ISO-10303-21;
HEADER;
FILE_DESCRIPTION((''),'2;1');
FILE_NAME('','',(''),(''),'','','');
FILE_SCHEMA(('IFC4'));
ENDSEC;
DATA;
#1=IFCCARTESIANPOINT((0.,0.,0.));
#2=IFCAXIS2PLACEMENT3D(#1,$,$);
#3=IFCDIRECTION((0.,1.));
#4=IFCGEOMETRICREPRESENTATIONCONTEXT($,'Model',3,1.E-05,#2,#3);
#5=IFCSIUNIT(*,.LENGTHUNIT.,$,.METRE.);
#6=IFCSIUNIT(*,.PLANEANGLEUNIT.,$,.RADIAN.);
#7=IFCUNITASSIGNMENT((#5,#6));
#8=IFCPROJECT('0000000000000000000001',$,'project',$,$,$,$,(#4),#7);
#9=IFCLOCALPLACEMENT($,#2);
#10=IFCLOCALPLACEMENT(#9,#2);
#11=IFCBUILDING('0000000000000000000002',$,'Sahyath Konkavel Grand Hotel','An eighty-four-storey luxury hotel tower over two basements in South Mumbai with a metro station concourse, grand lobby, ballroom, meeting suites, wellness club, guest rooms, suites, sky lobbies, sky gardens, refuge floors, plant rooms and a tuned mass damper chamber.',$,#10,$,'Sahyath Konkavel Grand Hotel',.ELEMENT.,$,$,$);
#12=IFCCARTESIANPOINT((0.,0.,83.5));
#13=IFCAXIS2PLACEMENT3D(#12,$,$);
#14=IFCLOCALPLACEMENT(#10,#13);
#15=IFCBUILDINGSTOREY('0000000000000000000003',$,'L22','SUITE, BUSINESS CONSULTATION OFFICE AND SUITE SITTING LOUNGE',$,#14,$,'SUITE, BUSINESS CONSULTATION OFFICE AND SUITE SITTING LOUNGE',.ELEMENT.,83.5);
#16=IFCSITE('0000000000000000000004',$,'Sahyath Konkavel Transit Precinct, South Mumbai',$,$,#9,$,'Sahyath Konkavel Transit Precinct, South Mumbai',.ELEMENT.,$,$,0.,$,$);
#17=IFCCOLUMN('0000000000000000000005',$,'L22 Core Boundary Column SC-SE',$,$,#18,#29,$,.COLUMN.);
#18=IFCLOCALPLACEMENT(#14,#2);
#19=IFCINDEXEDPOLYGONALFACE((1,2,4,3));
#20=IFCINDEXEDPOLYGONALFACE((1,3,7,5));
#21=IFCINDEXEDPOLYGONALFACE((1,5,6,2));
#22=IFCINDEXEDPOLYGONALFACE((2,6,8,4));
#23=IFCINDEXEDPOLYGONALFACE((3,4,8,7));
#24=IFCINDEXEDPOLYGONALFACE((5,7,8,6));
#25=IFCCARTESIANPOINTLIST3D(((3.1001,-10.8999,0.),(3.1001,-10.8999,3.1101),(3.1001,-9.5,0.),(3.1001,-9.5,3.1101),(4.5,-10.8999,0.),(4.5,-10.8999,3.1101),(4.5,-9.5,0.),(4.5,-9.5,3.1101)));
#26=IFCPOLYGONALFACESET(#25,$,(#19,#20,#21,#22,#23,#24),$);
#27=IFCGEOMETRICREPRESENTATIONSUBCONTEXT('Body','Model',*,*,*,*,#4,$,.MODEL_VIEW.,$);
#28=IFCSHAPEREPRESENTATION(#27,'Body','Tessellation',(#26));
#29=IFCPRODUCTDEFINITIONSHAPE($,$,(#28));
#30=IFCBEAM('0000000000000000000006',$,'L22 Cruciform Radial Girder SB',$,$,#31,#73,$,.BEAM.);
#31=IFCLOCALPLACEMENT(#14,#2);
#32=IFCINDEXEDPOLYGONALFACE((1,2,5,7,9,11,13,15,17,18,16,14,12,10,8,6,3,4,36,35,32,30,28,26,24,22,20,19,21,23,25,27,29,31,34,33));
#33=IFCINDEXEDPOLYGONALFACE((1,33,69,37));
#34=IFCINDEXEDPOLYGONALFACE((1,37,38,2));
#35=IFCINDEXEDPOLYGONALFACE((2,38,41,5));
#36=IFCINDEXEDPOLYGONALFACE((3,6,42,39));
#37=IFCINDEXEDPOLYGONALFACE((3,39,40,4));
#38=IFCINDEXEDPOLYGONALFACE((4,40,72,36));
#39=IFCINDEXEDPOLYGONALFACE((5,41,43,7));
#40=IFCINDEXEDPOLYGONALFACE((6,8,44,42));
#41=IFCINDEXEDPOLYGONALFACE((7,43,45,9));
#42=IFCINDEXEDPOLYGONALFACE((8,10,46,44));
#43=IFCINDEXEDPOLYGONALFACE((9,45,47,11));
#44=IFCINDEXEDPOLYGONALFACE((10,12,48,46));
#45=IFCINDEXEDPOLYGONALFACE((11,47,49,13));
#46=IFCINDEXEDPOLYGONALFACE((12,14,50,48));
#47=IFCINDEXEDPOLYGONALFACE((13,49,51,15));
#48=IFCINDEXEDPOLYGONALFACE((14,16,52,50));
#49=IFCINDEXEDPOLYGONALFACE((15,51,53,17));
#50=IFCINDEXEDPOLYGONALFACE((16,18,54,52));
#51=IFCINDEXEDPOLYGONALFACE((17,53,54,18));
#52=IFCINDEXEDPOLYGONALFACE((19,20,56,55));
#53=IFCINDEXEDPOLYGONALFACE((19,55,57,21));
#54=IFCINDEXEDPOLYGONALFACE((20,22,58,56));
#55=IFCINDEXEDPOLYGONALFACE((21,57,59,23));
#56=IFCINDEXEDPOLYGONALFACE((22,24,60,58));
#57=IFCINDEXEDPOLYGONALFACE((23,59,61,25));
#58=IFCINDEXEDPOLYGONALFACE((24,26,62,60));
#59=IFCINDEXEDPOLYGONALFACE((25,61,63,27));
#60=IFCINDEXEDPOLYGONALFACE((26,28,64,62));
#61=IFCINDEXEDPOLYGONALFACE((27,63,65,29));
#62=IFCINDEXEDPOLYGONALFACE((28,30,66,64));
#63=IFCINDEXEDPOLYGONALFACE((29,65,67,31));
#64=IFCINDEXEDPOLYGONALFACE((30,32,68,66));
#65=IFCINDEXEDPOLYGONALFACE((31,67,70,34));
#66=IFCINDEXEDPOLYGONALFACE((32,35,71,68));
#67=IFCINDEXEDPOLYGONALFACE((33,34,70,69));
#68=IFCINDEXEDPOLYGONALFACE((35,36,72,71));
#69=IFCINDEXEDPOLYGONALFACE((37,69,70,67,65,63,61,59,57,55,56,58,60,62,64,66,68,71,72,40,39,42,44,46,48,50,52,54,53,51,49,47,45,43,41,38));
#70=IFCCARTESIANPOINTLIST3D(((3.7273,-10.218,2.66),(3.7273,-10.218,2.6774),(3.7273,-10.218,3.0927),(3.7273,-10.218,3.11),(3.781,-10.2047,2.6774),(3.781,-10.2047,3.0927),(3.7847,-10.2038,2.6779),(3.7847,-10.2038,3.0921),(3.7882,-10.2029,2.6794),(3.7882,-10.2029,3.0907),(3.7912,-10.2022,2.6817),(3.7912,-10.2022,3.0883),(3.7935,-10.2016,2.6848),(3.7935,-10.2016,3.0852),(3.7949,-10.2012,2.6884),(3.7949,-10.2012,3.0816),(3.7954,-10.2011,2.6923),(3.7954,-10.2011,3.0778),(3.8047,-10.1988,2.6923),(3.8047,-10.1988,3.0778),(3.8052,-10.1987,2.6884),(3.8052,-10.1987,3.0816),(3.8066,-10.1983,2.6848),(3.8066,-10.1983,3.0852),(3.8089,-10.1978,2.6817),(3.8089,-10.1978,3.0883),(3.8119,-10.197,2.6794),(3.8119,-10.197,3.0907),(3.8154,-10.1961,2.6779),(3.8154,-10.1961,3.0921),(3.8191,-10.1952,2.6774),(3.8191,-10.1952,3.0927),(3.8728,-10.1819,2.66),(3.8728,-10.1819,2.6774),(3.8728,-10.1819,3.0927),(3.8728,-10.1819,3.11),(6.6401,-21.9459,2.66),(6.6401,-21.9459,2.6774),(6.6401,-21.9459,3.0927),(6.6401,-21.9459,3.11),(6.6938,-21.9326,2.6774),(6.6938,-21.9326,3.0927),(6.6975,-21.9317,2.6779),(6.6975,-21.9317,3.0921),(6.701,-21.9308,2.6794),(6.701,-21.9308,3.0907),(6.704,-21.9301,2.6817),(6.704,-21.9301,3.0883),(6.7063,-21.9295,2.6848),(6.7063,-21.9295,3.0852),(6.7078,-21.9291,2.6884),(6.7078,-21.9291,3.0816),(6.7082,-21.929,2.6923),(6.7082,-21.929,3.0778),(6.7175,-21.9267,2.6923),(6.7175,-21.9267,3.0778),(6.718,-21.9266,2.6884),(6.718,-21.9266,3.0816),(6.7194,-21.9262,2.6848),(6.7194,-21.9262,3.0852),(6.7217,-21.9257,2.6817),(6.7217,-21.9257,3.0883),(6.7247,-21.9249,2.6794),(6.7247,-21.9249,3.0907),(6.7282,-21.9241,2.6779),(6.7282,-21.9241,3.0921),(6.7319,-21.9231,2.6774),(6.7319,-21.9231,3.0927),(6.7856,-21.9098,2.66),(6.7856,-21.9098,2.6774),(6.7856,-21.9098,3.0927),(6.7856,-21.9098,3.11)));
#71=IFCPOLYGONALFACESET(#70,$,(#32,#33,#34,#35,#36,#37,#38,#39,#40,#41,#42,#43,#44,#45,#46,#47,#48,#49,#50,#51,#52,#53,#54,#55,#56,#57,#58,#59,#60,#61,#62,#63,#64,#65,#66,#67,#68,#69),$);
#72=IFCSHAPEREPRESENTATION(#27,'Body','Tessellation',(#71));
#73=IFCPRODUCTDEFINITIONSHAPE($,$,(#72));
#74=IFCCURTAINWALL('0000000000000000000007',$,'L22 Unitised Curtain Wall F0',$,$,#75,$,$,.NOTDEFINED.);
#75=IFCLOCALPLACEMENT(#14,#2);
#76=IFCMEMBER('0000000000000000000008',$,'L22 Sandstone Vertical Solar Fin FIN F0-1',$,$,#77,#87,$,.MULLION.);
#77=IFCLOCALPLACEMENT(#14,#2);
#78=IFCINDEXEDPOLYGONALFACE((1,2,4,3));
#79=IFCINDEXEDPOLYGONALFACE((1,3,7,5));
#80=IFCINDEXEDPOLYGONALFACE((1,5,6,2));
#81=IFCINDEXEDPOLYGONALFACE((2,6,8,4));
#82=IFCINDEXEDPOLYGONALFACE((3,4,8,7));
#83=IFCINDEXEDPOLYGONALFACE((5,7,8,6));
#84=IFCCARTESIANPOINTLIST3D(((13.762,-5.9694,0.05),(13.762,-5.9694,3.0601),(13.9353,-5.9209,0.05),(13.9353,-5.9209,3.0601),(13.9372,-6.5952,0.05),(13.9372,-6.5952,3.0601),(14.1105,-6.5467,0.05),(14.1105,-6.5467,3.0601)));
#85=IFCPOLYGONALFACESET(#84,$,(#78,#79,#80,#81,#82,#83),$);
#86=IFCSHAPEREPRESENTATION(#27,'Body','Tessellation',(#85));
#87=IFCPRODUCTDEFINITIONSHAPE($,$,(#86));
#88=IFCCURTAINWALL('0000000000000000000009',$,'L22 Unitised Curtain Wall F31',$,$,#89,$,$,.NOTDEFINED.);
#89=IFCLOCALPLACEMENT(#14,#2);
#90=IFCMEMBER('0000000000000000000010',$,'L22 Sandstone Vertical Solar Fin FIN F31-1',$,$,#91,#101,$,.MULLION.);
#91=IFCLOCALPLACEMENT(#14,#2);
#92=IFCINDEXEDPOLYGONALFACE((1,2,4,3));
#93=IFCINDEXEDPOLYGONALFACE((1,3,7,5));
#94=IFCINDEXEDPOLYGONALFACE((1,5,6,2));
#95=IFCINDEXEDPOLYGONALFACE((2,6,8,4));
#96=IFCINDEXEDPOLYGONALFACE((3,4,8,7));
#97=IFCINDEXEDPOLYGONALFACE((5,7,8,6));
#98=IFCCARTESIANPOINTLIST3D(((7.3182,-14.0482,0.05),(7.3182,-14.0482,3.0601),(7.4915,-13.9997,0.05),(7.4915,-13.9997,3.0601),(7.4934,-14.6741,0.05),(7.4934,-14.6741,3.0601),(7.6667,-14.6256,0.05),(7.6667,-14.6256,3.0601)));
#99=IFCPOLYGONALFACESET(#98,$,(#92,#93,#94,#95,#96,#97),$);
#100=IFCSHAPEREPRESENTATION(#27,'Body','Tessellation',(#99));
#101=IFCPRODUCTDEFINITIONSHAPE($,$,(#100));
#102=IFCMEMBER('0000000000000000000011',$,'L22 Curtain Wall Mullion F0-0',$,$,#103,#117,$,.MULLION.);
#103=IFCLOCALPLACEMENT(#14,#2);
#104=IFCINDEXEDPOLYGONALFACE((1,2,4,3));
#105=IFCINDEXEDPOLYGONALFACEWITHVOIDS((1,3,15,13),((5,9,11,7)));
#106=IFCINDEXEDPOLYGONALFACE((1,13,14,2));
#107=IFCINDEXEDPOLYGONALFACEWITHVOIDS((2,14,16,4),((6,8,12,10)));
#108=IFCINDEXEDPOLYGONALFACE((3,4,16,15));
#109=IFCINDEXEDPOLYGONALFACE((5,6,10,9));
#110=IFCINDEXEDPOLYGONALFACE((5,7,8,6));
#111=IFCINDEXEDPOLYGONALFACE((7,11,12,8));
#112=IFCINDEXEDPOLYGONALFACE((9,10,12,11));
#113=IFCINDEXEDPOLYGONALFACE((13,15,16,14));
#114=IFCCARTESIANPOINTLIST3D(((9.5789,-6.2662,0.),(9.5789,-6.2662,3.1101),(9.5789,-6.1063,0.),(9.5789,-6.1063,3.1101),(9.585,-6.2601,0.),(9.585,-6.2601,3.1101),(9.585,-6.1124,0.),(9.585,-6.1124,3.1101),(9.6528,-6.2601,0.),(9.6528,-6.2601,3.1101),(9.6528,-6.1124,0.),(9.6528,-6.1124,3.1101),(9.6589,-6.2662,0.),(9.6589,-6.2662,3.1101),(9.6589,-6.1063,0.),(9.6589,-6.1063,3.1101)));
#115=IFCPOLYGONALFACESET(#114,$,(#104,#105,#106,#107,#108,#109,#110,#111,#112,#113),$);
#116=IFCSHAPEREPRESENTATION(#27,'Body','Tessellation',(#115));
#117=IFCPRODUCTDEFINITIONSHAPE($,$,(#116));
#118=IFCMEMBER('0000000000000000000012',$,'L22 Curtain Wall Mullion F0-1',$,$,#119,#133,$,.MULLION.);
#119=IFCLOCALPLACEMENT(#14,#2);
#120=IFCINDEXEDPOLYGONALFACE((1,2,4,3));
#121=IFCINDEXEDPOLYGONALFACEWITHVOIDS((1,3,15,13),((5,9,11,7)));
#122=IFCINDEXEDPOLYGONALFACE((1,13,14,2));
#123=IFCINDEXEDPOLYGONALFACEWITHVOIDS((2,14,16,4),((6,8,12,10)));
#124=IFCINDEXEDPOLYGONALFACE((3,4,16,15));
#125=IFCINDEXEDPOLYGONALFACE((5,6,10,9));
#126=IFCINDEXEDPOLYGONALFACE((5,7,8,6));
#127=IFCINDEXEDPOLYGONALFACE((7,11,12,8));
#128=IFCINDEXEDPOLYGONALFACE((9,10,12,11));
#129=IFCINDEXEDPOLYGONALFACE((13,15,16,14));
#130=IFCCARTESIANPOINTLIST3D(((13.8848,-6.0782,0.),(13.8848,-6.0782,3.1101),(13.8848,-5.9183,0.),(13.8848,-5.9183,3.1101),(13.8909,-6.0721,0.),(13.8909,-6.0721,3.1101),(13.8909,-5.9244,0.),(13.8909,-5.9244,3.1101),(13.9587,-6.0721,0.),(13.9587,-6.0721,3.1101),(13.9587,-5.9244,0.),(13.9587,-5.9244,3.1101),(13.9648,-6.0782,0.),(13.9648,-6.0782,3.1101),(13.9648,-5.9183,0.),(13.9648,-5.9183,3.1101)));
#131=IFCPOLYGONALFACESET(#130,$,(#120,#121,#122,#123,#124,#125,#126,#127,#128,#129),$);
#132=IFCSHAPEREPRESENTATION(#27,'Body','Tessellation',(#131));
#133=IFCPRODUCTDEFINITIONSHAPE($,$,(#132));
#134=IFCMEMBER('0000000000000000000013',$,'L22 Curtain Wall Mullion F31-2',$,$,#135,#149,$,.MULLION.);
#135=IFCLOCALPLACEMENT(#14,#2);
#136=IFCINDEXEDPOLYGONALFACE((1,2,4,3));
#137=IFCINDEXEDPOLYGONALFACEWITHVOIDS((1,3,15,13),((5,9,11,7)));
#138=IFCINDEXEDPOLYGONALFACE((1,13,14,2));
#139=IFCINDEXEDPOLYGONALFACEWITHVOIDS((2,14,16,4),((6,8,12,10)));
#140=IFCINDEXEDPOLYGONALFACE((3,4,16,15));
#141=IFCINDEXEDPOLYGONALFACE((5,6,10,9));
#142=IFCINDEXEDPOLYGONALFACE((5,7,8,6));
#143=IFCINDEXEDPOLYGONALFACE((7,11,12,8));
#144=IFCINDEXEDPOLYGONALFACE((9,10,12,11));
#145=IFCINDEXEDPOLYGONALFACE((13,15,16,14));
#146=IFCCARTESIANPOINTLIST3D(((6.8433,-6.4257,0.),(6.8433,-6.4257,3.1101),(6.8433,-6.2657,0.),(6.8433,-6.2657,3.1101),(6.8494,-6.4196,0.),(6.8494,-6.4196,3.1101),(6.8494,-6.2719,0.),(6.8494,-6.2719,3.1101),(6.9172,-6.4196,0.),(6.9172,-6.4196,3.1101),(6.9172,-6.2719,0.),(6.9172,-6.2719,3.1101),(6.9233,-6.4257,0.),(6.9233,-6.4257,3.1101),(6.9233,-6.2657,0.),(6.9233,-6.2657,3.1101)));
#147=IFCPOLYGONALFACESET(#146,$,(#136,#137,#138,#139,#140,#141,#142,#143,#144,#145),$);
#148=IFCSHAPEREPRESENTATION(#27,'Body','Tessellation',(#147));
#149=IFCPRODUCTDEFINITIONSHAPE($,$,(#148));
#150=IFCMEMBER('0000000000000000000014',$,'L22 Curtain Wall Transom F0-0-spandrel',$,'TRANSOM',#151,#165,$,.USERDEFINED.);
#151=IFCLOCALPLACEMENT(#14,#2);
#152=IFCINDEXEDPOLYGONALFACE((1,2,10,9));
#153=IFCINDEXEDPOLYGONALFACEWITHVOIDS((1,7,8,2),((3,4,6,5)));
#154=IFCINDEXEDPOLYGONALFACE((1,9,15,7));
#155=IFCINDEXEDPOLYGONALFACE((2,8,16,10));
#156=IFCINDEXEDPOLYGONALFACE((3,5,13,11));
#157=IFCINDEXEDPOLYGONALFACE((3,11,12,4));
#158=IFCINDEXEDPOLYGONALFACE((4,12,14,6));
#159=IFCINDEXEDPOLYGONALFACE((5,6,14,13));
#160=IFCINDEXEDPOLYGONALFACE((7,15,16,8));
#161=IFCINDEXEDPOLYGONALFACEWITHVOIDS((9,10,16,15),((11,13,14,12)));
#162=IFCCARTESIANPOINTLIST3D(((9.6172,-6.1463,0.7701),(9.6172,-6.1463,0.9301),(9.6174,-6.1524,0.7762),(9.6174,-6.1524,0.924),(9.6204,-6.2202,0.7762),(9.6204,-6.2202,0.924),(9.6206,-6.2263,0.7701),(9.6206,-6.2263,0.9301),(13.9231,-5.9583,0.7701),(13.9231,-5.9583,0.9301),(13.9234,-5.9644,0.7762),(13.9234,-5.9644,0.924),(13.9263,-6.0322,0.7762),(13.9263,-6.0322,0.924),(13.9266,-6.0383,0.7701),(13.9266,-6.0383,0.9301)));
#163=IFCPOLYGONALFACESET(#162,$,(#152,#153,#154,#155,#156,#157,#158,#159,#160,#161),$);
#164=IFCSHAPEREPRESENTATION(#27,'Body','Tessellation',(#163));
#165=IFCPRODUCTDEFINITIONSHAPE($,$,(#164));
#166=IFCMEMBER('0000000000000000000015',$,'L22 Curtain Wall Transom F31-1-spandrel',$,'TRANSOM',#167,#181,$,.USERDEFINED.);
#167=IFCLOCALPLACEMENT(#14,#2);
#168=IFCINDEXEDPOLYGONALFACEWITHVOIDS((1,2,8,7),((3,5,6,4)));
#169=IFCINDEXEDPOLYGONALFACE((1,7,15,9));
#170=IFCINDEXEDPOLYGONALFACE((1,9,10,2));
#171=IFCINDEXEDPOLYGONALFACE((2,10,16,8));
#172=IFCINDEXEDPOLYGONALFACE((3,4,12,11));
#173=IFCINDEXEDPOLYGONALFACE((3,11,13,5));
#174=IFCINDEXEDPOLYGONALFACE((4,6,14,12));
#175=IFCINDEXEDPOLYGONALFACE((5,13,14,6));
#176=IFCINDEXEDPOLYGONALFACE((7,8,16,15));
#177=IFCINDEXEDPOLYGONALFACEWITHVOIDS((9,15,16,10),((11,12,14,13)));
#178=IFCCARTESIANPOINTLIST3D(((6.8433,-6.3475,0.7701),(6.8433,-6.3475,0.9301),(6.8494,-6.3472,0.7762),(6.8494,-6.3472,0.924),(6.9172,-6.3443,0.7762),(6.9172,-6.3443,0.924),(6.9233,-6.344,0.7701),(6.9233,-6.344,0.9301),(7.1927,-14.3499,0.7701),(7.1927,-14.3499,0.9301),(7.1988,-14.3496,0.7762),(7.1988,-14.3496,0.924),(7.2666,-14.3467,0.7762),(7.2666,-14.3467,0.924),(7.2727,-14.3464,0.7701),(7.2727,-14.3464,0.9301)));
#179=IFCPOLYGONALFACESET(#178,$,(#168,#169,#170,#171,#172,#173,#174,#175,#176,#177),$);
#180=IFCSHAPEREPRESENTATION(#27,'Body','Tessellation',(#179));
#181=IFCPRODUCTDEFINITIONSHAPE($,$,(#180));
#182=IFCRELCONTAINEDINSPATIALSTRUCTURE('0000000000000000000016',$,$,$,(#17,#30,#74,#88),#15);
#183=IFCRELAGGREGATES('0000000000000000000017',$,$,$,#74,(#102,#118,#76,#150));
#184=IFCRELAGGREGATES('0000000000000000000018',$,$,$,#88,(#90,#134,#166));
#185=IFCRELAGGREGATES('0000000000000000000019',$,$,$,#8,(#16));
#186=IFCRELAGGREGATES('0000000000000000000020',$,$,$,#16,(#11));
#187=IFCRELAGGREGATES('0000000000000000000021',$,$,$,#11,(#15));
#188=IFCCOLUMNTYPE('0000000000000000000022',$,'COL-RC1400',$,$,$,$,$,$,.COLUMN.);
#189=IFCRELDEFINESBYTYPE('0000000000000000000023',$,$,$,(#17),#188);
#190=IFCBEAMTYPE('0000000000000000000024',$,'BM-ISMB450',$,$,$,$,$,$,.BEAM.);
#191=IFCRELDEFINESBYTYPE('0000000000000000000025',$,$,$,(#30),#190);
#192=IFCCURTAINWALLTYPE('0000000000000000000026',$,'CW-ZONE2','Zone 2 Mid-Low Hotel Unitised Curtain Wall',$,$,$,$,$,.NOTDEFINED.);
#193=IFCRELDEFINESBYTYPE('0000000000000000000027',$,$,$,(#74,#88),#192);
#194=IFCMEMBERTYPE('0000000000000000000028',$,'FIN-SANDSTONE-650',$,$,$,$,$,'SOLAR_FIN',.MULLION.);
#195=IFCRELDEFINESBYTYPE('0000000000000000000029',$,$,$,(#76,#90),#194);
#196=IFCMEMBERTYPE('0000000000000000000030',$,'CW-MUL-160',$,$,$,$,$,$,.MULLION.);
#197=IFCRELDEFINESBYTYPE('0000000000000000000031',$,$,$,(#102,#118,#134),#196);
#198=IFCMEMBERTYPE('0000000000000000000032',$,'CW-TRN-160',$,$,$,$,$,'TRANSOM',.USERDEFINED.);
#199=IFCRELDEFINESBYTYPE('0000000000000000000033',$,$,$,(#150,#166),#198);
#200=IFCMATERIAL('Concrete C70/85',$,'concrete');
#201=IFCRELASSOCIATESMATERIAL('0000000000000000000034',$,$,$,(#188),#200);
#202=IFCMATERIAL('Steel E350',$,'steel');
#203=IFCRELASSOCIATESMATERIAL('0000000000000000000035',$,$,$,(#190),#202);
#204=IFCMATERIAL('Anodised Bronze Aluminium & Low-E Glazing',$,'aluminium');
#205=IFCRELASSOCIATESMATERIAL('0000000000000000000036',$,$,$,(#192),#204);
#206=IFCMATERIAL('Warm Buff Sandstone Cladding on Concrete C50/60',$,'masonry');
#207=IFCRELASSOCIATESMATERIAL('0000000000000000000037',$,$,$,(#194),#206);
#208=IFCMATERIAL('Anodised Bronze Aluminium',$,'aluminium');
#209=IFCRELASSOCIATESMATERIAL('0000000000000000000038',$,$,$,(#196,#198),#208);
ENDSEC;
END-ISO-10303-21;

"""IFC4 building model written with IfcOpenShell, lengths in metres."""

from ifc_helpers import new_model, si_unit, direction, frame, origin, origin_2d, place, context, subcontext, project, spatial, rectangle, hollow_rectangle, i_section, extrude, source, transform, mapped, material, material_profile, profile_set, type_object, element, aggregate, save


model = new_model("IFC4")

# Units and contexts
model_context = context("Model", 3, precision=1e-05, world=origin(), true_north=direction((0.0, 1.0)))
body_context = subcontext(model_context, "Body", "Model", "MODEL_VIEW")
ifc_project = project(units=[si_unit("LENGTHUNIT", "METRE"), si_unit("PLANEANGLEUNIT", "RADIAN")], contexts=[model_context])

# Site, building, storey
site_placement = place(None, origin())
site = spatial("IfcSite", under=ifc_project, at=site_placement, Name="Sahyath Konkavel Transit Precinct, South Mumbai", LongName="Sahyath Konkavel Transit Precinct, South Mumbai", CompositionType="ELEMENT", RefElevation=0.0)
building_placement = place(site_placement, origin())
building = spatial("IfcBuilding", under=site, at=building_placement, Name="Sahyath Konkavel Grand Hotel", Description="An eighty-four-storey luxury hotel tower over two basements in South Mumbai with a metro station concourse, grand lobby, ballroom, meeting suites, wellness club, guest rooms, suites, sky lobbies, sky gardens, refuge floors, plant rooms and a tuned mass damper chamber.", LongName="Sahyath Konkavel Grand Hotel", CompositionType="ELEMENT")
storey_placement = place(building_placement, frame((0.0, 0.0, 83.5)))
storey = spatial("IfcBuildingStorey", under=building, at=storey_placement, Name="L22", Description="SUITE, BUSINESS CONSULTATION OFFICE AND SUITE SITTING LOUNGE", LongName="SUITE, BUSINESS CONSULTATION OFFICE AND SUITE SITTING LOUNGE", CompositionType="ELEMENT", Elevation=83.5)

# Column
ifc_material_1 = material(Name="Concrete C70/85", Category="concrete")
ifc_material_profile_1 = material_profile(ifc_material_1, rectangle(XDim=1.3999, YDim=1.3999, at=origin_2d()), Name="RC 1400x1400")
ifc_profile_set_1 = profile_set([ifc_material_profile_1], Name="Concrete C70/85")
column_type = type_object("IfcColumnType", Name="COL-RC1400", PredefinedType="COLUMN", material=ifc_profile_set_1)
shared_shape_1 = source(origin(), body_context, "Body", "SweptSolid", [
    extrude(rectangle(XDim=1.3999, YDim=1.3999, at=origin_2d()), origin(), (0.0, 0.0, 1.0), 3.1101),
])
column_placement = place(storey_placement, frame((3.8, -10.2, 0.0), z_axis=(0.0, 0.0, 1.0), x_axis=(1.0, 0.0, 0.0)))
element("IfcColumn", 1, at=column_placement, inside=storey, type_object=column_type, Name="L22 Core Boundary Column SC-SE", PredefinedType="COLUMN", context=body_context, shape_type="MappedRepresentation", body=[
    mapped(shared_shape_1, transform((0.0, 0.0, 0.0), scale=1.0)),
])

# Beam
ifc_material_2 = material(Name="Steel E350", Category="steel")
ifc_material_profile_2 = material_profile(ifc_material_2, i_section(OverallWidth=0.1499, OverallDepth=0.45, WebThickness=0.0095, FlangeThickness=0.0173, FilletRadius=0.0149, at=origin_2d()), Name="ISMB 450")
ifc_profile_set_2 = profile_set([ifc_material_profile_2], Name="Steel E350")
beam_type = type_object("IfcBeamType", Name="BM-ISMB450", PredefinedType="BEAM", material=ifc_profile_set_2)
shared_shape_2 = source(origin(), body_context, "Body", "SweptSolid", [
    extrude(i_section(OverallWidth=0.1499, OverallDepth=0.45, WebThickness=0.0095, FlangeThickness=0.0173, FilletRadius=0.0149, at=origin_2d()), origin(), (0.0, 0.0, 1.0), 12.0842),
])
beam_placement = place(storey_placement, frame((3.8, -10.2, 2.885), z_axis=(0.241043, -0.970515, 0.0), x_axis=(0.970515, 0.241043, 0.0)))
element("IfcBeam", 2, at=beam_placement, inside=storey, type_object=beam_type, Name="L22 Cruciform Radial Girder SB", PredefinedType="BEAM", context=body_context, shape_type="MappedRepresentation", body=[
    mapped(shared_shape_2, transform((0.0, 0.0, 0.0), scale=1.0)),
])

# Curtain walls, members
ifc_material_3 = material(Name="Anodised Bronze Aluminium & Low-E Glazing", Category="aluminium")
curtain_wall_type = type_object("IfcCurtainWallType", Name="CW-ZONE2", Description="Zone 2 Mid-Low Hotel Unitised Curtain Wall", PredefinedType="NOTDEFINED", material=ifc_material_3)
curtain_wall_1_placement = place(storey_placement, origin())
curtain_wall_1 = element("IfcCurtainWall", 3, at=curtain_wall_1_placement, inside=storey, type_object=curtain_wall_type, Name="L22 Unitised Curtain Wall F0", PredefinedType="NOTDEFINED")
ifc_material_4 = material(Name="Warm Buff Sandstone Cladding on Concrete C50/60", Category="masonry")
ifc_material_profile_3 = material_profile(ifc_material_4, rectangle(XDim=0.1799, YDim=0.6499, at=origin_2d()), Name="FIN 180x650")
ifc_profile_set_3 = profile_set([ifc_material_profile_3], Name="Warm Buff Sandstone Cladding on Concrete C50/60")
member_type_1 = type_object("IfcMemberType", Name="FIN-SANDSTONE-650", ElementType="SOLAR_FIN", PredefinedType="MULLION", material=ifc_profile_set_3)
shared_shape_3 = source(origin(), body_context, "Body", "SweptSolid", [
    extrude(rectangle(XDim=0.1799, YDim=0.6499, at=origin_2d()), origin(), (0.0, 0.0, 1.0), 3.01),
])
member_1_placement = place(storey_placement, frame((13.9363, -6.2581, 0.05), z_axis=(0.0, 0.0, 1.0), x_axis=(0.962975, 0.269592, 0.0)))
member_1 = element("IfcMember", 4, at=member_1_placement, type_object=member_type_1, Name="L22 Sandstone Vertical Solar Fin FIN F0-1", PredefinedType="MULLION", context=body_context, shape_type="MappedRepresentation", body=[
    mapped(shared_shape_3, transform((0.0, 0.0, 0.0), scale=1.0)),
])
curtain_wall_2_placement = place(storey_placement, origin())
curtain_wall_2 = element("IfcCurtainWall", 5, at=curtain_wall_2_placement, inside=storey, type_object=curtain_wall_type, Name="L22 Unitised Curtain Wall F31", PredefinedType="NOTDEFINED")
member_2_placement = place(storey_placement, frame((7.4924, -14.3369, 0.05), z_axis=(0.0, 0.0, 1.0), x_axis=(0.962975, 0.269592, 0.0)))
member_2 = element("IfcMember", 6, at=member_2_placement, type_object=member_type_1, Name="L22 Sandstone Vertical Solar Fin FIN F31-1", PredefinedType="MULLION", context=body_context, shape_type="MappedRepresentation", body=[
    mapped(shared_shape_3, transform((0.0, 0.0, 0.0), scale=1.0)),
])

# Members
ifc_material_5 = material(Name="Anodised Bronze Aluminium", Category="aluminium")
ifc_material_profile_4 = material_profile(ifc_material_5, hollow_rectangle(XDim=0.0801, YDim=0.1599, WallThickness=0.0061, at=origin_2d()), Name="RHS 160x80x6")
ifc_profile_set_4 = profile_set([ifc_material_profile_4], Name="Anodised Bronze Aluminium")
member_type_2 = type_object("IfcMemberType", Name="CW-MUL-160", PredefinedType="MULLION", material=ifc_profile_set_4)
shared_shape_4 = source(origin(), body_context, "Body", "SweptSolid", [
    extrude(hollow_rectangle(XDim=0.0801, YDim=0.1599, WallThickness=0.0061, at=origin_2d()), origin(), (0.0, 0.0, 1.0), 3.1101),
])
member_3_placement = place(storey_placement, frame((9.6189, -6.1863, 0.0), z_axis=(0.0, 0.0, 1.0), x_axis=(1.0, 0.0, 0.0)))
member_3 = element("IfcMember", 7, at=member_3_placement, type_object=member_type_2, Name="L22 Curtain Wall Mullion F0-0", PredefinedType="MULLION", context=body_context, shape_type="MappedRepresentation", body=[
    mapped(shared_shape_4, transform((0.0, 0.0, 0.0), scale=1.0)),
])
member_4_placement = place(storey_placement, frame((13.9248, -5.9983, 0.0), z_axis=(0.0, 0.0, 1.0), x_axis=(1.0, 0.0, 0.0)))
member_4 = element("IfcMember", 8, at=member_4_placement, type_object=member_type_2, Name="L22 Curtain Wall Mullion F0-1", PredefinedType="MULLION", context=body_context, shape_type="MappedRepresentation", body=[
    mapped(shared_shape_4, transform((0.0, 0.0, 0.0), scale=1.0)),
])
member_5_placement = place(storey_placement, frame((6.8833, -6.3457, 0.0), z_axis=(0.0, 0.0, 1.0), x_axis=(1.0, 0.0, 0.0)))
member_5 = element("IfcMember", 9, at=member_5_placement, type_object=member_type_2, Name="L22 Curtain Wall Mullion F31-2", PredefinedType="MULLION", context=body_context, shape_type="MappedRepresentation", body=[
    mapped(shared_shape_4, transform((0.0, 0.0, 0.0), scale=1.0)),
])
ifc_material_profile_5 = material_profile(ifc_material_5, hollow_rectangle(XDim=0.0801, YDim=0.1599, WallThickness=0.0061, at=origin_2d()), Name="RHS 160x80x6")
ifc_profile_set_5 = profile_set([ifc_material_profile_5], Name="Anodised Bronze Aluminium")
member_type_3 = type_object("IfcMemberType", Name="CW-TRN-160", ElementType="TRANSOM", PredefinedType="USERDEFINED", material=ifc_profile_set_5)
shared_shape_5 = source(origin(), body_context, "Body", "SweptSolid", [
    extrude(hollow_rectangle(XDim=0.0801, YDim=0.1599, WallThickness=0.0061, at=origin_2d()), origin(), (0.0, 0.0, 1.0), 4.3101),
])
member_6_placement = place(storey_placement, frame((9.6189, -6.1863, 0.8501), z_axis=(0.999048, 0.043617, 0.0), x_axis=(-0.043617, 0.999048, 0.0)))
member_6 = element("IfcMember", 10, at=member_6_placement, type_object=member_type_3, Name="L22 Curtain Wall Transom F0-0-spandrel", ObjectType="TRANSOM", PredefinedType="USERDEFINED", context=body_context, shape_type="MappedRepresentation", body=[
    mapped(shared_shape_5, transform((0.0, 0.0, 0.0), scale=1.0)),
])
shared_shape_6 = source(origin(), body_context, "Body", "SweptSolid", [
    extrude(hollow_rectangle(XDim=0.0801, YDim=0.1599, WallThickness=0.0061, at=origin_2d()), origin(), (0.0, 0.0, 1.0), 8.01),
])
member_7_placement = place(storey_placement, frame((7.2327, -14.3481, 0.8501), z_axis=(-0.043616, 0.999048, 0.0), x_axis=(-0.999048, -0.043616, 0.0)))
member_7 = element("IfcMember", 11, at=member_7_placement, type_object=member_type_3, Name="L22 Curtain Wall Transom F31-1-spandrel", ObjectType="TRANSOM", PredefinedType="USERDEFINED", context=body_context, shape_type="MappedRepresentation", body=[
    mapped(shared_shape_6, transform((0.0, 0.0, 0.0), scale=1.0)),
])

aggregate(curtain_wall_1, [member_3, member_4, member_1, member_6])
aggregate(curtain_wall_2, [member_2, member_5, member_7])

save(model, "model.ifc")
